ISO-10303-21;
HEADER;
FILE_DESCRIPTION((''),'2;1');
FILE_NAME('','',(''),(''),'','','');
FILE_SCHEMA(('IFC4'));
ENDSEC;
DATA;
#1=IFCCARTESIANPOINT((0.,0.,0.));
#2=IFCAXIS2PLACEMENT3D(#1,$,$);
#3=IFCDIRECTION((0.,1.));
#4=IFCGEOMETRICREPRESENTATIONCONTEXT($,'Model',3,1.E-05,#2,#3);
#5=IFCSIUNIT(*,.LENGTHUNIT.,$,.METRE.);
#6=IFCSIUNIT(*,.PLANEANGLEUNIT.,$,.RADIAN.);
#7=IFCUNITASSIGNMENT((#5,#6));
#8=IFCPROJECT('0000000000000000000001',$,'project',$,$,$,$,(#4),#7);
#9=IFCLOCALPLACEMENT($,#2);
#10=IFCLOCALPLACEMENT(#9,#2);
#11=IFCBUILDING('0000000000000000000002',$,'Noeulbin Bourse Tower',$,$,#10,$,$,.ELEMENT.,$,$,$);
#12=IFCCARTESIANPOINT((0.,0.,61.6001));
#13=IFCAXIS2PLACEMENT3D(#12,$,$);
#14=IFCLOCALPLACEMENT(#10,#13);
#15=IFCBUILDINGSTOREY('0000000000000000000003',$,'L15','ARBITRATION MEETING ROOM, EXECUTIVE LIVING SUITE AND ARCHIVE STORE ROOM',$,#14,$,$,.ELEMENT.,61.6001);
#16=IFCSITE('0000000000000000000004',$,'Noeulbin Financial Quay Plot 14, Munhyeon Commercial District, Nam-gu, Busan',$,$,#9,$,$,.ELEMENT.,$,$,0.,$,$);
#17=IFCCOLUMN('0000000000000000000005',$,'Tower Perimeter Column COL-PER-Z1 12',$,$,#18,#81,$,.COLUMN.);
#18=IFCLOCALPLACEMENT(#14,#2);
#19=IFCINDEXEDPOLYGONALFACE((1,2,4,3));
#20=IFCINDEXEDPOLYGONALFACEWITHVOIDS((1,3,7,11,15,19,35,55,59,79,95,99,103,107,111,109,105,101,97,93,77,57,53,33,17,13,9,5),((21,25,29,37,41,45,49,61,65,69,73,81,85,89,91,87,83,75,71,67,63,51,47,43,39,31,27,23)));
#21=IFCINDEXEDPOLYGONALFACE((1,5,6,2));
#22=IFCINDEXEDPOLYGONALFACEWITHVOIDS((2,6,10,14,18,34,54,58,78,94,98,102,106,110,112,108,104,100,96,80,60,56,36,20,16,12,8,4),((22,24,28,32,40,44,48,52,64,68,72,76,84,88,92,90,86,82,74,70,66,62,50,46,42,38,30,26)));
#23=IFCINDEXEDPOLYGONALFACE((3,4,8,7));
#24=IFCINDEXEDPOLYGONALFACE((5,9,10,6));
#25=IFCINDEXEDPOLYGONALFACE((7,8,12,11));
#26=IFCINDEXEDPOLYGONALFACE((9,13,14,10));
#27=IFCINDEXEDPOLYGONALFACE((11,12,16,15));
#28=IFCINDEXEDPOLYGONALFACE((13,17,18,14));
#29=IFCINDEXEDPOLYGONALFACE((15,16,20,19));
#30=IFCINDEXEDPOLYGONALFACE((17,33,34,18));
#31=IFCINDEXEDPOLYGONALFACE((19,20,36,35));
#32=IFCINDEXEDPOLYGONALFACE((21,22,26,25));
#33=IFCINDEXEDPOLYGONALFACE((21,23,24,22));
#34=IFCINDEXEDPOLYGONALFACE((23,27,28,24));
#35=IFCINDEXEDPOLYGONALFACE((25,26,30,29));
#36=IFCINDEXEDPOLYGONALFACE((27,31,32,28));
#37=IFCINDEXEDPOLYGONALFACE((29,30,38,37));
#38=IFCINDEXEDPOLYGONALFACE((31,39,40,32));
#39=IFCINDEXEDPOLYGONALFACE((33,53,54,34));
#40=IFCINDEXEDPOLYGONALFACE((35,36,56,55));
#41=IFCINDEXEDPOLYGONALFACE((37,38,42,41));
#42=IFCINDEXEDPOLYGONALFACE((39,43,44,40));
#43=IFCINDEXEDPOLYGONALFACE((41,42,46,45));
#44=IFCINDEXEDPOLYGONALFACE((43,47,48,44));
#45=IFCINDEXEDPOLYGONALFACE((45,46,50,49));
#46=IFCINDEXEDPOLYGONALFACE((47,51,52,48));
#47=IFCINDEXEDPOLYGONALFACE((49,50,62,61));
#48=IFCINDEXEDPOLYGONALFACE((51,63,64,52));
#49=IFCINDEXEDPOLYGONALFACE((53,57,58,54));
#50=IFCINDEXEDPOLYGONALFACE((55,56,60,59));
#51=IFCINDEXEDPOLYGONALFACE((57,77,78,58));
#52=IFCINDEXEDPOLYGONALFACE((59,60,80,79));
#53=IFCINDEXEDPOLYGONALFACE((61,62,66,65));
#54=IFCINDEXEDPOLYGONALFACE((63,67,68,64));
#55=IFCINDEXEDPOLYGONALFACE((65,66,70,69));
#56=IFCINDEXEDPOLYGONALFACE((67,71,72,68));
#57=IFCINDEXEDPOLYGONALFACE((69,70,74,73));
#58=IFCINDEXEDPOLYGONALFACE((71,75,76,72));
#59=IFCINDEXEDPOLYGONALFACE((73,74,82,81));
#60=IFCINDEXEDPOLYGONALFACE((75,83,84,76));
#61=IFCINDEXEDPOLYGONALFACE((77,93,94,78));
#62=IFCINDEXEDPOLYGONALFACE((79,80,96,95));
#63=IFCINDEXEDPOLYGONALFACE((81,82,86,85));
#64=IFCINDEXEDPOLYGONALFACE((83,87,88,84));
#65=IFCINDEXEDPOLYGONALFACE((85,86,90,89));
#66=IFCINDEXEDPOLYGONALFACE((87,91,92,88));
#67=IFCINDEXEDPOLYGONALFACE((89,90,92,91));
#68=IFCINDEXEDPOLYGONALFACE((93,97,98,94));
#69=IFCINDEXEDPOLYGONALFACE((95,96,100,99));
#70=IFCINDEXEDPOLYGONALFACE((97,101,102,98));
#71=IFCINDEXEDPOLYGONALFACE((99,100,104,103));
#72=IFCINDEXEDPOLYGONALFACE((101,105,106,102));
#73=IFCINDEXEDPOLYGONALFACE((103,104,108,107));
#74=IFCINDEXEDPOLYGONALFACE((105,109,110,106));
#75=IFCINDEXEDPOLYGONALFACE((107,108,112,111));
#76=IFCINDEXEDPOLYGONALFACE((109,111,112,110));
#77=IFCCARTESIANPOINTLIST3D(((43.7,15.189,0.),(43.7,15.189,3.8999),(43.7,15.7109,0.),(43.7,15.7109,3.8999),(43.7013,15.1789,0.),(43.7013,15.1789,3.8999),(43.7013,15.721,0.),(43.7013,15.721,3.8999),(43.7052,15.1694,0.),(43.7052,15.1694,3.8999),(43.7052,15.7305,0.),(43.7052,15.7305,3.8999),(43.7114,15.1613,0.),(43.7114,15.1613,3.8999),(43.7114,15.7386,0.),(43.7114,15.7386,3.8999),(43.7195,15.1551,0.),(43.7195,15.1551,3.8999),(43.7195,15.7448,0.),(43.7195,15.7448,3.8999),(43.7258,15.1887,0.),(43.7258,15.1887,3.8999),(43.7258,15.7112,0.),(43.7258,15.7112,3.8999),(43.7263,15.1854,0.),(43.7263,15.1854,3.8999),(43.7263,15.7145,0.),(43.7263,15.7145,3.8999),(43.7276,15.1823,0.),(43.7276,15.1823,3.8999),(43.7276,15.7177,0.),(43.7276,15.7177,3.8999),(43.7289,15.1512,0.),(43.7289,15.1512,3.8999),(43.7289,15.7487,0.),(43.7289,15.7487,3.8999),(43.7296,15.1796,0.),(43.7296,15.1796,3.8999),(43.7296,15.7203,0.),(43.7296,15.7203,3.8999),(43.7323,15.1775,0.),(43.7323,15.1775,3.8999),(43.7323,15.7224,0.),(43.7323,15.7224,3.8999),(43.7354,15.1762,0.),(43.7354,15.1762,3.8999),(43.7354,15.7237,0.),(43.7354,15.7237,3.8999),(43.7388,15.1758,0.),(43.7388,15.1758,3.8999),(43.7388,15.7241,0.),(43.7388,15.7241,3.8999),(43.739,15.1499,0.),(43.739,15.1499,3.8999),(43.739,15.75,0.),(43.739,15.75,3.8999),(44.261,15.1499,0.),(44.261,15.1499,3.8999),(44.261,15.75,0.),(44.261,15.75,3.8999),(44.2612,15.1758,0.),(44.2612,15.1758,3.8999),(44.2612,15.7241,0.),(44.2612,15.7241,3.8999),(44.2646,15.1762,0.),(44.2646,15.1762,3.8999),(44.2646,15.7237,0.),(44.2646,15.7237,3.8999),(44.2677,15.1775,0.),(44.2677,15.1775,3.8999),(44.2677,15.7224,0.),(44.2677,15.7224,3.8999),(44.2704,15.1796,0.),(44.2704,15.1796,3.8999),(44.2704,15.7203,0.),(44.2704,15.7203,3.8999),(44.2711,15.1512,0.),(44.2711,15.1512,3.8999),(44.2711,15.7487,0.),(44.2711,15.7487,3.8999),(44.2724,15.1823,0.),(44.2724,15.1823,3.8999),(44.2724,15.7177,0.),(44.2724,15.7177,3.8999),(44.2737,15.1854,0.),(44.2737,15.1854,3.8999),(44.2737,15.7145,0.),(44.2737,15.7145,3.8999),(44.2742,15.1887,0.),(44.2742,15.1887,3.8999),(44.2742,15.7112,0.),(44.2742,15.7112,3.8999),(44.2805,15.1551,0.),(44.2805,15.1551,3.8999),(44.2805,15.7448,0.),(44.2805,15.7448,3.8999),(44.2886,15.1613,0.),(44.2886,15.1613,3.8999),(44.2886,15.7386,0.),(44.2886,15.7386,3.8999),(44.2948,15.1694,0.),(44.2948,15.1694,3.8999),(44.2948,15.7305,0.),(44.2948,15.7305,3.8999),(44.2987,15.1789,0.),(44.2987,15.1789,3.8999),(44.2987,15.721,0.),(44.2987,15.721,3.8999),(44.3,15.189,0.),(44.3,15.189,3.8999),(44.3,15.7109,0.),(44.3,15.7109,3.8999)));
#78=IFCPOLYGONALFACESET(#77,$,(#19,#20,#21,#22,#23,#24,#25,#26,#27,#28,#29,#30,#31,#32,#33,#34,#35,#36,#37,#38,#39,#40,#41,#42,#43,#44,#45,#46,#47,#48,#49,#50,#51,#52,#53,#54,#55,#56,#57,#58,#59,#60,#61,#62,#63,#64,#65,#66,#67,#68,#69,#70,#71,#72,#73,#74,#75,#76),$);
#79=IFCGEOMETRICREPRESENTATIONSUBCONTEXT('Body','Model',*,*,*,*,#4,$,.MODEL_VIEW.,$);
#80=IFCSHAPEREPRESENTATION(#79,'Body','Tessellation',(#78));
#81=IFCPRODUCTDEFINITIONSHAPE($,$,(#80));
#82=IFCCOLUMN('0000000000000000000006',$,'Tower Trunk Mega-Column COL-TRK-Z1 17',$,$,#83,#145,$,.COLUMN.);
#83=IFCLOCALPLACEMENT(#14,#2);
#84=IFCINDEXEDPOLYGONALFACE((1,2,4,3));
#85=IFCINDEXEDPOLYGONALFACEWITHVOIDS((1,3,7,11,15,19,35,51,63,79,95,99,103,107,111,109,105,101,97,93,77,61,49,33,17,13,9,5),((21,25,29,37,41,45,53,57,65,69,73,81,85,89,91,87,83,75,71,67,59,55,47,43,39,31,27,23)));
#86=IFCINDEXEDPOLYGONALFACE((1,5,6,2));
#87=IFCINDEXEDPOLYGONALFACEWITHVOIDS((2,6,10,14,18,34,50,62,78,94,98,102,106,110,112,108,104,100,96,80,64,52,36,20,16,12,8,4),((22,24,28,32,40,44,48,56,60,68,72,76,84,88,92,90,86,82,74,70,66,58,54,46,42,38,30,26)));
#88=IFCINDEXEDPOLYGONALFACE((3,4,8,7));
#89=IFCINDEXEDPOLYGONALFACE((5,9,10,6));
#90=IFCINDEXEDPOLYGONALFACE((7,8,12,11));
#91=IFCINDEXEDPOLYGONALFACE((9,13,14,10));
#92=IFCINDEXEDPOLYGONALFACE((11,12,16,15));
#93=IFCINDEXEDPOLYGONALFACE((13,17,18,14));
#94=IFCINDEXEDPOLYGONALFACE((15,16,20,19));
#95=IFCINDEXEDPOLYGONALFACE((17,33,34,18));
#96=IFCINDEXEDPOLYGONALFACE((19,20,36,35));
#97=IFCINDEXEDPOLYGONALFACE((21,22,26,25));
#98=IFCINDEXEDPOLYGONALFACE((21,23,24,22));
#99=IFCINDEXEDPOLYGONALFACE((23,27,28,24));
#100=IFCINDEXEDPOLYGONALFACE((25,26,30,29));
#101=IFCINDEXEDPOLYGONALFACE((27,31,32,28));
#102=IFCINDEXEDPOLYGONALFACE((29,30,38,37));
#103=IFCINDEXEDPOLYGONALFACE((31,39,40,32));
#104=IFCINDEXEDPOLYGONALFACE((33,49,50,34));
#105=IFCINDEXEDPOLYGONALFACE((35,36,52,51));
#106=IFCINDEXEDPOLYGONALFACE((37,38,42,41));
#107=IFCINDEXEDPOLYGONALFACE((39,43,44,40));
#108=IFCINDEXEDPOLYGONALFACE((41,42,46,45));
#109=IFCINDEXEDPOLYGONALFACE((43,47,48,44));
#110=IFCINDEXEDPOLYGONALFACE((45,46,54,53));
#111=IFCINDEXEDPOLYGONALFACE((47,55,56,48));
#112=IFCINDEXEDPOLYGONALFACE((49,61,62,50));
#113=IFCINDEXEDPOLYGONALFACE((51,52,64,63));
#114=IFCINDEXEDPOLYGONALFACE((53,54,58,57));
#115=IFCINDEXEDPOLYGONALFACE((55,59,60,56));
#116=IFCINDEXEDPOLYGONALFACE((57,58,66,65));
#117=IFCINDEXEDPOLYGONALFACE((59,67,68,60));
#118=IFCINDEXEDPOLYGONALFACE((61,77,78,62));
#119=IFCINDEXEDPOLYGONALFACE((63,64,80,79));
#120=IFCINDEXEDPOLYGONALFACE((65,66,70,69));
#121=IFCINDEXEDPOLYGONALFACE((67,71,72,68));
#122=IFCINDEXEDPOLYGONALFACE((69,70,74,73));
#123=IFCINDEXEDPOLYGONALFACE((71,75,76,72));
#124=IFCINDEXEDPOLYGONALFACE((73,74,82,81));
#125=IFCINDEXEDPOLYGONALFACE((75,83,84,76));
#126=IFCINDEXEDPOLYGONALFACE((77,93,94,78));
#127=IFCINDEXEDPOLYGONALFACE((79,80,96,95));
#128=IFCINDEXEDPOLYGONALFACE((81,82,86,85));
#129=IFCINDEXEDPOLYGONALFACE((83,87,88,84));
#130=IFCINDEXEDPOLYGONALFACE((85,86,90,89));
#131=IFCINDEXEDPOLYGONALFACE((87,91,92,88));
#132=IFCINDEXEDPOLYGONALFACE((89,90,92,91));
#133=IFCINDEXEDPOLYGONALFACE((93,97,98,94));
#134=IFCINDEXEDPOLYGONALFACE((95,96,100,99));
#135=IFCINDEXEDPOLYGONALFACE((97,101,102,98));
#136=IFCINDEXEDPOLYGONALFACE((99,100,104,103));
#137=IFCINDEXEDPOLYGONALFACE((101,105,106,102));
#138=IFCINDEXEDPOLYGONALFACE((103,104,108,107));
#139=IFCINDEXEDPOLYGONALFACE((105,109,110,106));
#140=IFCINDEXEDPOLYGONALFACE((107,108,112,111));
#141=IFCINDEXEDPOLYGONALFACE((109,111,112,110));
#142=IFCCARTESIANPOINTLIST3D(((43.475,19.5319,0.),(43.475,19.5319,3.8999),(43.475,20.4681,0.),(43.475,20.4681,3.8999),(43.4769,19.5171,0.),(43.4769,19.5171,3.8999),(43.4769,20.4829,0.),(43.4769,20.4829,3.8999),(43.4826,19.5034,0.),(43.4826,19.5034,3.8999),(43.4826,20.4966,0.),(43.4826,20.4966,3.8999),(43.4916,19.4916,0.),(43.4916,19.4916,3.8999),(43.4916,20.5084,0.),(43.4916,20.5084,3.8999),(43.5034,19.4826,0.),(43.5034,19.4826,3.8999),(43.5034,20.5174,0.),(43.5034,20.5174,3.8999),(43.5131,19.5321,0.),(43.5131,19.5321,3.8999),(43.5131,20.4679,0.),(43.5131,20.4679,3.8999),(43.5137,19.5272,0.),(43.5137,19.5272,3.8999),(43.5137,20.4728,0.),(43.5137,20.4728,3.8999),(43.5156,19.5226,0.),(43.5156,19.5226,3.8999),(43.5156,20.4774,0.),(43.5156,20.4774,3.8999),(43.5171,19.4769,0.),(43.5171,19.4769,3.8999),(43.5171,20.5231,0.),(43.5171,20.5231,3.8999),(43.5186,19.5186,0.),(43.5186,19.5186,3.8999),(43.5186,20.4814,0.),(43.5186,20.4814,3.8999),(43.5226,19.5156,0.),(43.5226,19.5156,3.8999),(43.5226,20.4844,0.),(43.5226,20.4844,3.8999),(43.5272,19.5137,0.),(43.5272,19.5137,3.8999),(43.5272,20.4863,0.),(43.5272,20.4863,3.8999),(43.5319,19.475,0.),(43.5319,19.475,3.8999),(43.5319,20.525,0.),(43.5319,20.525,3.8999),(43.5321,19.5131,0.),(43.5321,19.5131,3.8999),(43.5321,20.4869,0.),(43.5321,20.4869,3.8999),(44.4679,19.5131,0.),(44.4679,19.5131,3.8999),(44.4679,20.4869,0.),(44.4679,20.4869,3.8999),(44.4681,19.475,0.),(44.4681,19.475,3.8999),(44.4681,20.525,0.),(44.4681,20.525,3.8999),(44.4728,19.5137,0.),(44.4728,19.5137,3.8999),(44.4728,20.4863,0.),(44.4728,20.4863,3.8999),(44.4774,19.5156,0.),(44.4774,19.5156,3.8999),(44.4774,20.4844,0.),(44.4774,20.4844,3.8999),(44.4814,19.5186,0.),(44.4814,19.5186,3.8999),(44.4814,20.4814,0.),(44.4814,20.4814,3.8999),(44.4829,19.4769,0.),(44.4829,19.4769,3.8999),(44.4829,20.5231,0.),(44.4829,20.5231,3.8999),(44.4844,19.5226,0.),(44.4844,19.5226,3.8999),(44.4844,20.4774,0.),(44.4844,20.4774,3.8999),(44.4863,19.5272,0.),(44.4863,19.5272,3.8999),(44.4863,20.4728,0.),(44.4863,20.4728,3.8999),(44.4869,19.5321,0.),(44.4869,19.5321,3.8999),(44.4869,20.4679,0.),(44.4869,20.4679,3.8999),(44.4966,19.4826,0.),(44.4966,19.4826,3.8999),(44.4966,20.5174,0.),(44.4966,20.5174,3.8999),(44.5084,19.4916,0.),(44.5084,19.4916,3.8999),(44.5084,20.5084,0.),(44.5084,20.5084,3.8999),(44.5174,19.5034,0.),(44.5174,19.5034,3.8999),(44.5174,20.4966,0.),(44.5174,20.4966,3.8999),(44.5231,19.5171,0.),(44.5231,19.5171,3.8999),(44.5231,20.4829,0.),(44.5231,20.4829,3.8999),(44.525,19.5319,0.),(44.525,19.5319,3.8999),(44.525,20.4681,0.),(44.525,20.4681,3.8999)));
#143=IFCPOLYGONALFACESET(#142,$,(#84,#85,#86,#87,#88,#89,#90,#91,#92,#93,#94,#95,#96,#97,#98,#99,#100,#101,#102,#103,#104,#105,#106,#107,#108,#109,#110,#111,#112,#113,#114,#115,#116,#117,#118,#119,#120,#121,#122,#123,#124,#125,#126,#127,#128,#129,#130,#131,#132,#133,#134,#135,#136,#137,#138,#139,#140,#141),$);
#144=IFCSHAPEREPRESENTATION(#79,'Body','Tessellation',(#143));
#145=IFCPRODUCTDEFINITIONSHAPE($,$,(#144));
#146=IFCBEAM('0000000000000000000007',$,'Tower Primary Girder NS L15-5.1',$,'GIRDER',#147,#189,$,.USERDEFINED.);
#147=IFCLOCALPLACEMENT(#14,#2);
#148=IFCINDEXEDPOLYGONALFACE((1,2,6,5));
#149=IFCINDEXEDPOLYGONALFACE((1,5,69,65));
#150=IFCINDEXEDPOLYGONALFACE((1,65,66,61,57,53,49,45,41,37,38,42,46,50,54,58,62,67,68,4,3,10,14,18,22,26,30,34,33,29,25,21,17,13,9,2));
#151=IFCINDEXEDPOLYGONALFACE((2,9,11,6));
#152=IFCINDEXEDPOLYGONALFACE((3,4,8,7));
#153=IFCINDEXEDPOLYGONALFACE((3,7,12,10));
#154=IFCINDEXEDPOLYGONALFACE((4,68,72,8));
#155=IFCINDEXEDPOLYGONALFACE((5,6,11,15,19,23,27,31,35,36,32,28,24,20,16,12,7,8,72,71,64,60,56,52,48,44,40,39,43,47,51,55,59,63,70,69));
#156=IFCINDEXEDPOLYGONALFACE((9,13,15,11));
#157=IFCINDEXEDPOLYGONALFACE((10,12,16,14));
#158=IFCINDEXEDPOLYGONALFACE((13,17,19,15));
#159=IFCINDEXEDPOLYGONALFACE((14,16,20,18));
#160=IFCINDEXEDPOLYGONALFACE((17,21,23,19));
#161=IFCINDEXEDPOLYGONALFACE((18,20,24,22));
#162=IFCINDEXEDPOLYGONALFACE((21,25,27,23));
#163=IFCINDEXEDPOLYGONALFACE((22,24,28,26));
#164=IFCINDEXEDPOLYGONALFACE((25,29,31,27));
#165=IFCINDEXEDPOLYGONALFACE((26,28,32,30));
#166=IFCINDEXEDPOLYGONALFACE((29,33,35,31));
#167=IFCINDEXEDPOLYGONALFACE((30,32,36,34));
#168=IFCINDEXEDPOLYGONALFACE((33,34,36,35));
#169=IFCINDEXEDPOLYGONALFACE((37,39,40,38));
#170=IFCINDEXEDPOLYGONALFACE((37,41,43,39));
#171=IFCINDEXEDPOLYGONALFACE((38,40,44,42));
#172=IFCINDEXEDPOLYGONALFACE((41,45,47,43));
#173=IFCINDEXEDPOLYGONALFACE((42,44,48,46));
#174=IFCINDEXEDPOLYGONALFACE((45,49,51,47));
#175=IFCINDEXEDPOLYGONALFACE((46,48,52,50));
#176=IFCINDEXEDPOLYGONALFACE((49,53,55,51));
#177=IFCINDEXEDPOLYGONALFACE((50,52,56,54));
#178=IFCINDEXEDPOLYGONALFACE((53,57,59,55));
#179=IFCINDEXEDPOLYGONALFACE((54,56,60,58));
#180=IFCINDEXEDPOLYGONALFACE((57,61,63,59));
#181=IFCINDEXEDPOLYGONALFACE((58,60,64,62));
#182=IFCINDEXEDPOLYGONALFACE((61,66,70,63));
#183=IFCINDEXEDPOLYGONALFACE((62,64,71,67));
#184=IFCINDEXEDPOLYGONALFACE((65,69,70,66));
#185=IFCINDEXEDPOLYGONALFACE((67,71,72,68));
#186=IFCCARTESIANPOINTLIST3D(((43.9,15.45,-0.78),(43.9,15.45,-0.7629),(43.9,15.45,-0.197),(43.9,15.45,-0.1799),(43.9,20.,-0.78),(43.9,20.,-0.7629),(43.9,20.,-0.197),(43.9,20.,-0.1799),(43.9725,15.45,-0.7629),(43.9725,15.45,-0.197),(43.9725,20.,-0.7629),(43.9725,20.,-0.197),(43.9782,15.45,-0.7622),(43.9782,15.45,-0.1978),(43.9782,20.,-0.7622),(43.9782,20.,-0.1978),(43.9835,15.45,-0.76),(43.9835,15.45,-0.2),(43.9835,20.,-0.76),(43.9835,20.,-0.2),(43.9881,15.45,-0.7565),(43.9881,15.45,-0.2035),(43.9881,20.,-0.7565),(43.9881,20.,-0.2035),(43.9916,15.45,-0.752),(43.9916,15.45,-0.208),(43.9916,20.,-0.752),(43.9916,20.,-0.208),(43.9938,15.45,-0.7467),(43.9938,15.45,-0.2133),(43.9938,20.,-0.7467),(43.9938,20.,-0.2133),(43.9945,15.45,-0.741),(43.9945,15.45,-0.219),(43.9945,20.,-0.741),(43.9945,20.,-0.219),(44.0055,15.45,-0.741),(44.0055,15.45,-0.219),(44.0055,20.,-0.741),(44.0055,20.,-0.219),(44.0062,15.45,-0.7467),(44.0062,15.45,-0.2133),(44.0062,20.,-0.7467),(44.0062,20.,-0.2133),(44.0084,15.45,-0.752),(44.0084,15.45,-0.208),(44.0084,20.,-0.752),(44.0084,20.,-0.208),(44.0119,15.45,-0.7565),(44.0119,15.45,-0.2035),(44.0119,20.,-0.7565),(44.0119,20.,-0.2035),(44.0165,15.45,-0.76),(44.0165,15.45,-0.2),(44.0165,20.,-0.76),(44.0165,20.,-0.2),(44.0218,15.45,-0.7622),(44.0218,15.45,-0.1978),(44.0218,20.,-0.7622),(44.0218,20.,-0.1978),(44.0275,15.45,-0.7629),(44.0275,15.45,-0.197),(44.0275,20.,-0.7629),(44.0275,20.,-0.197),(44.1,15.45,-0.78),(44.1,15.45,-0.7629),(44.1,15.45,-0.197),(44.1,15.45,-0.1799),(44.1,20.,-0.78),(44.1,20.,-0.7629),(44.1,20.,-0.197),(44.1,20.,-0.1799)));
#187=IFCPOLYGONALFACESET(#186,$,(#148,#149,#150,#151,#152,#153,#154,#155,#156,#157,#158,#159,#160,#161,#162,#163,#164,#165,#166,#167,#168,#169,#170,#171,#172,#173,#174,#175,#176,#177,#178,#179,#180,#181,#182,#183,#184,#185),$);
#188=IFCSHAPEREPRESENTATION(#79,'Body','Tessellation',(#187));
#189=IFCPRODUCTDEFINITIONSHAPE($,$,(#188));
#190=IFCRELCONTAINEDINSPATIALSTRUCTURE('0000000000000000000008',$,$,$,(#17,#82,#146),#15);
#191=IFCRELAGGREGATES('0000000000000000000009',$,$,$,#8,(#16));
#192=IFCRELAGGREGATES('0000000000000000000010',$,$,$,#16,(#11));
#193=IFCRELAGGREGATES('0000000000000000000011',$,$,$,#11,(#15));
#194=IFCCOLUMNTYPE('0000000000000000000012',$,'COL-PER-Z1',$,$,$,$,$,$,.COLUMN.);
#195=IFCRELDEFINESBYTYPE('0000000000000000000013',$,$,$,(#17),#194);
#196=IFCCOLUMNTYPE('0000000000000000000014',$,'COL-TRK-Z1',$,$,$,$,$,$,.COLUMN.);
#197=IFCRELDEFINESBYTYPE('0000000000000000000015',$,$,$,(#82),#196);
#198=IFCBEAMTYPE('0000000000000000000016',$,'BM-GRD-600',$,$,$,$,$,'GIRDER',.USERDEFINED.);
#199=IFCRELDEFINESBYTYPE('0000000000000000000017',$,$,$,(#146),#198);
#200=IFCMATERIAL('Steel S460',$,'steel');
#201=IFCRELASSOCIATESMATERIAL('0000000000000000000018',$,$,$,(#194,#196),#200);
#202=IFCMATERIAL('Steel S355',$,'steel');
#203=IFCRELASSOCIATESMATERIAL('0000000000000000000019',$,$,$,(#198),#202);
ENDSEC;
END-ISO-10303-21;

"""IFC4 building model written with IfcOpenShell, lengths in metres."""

from ifc_helpers import new_model, si_unit, direction, frame, origin, origin_2d, place, context, subcontext, project, spatial, hollow_rectangle, i_section, extrude, material, material_profile, profile_set, type_object, element, save


model = new_model("IFC4")

# Units and contexts
model_context = context("Model", 3, precision=1e-05, world=origin(), true_north=direction((0.0, 1.0)))
body_context = subcontext(model_context, "Body", "Model", "MODEL_VIEW")
ifc_project = project(units=[si_unit("LENGTHUNIT", "METRE"), si_unit("PLANEANGLEUNIT", "RADIAN")], contexts=[model_context])

# Site, building, storey
site_placement = place(None, origin())
site = spatial("IfcSite", under=ifc_project, at=site_placement, Name="Noeulbin Financial Quay Plot 14, Munhyeon Commercial District, Nam-gu, Busan", CompositionType="ELEMENT", RefElevation=0.0)
building_placement = place(site_placement, origin())
building = spatial("IfcBuilding", under=site, at=building_placement, Name="Noeulbin Bourse Tower", CompositionType="ELEMENT")
storey_placement = place(building_placement, frame((0.0, 0.0, 61.6001)))
storey = spatial("IfcBuildingStorey", under=building, at=storey_placement, Name="L15", Description="ARBITRATION MEETING ROOM, EXECUTIVE LIVING SUITE AND ARCHIVE STORE ROOM", CompositionType="ELEMENT", Elevation=61.6001)

# Columns
ifc_material_1 = material(Name="Steel S460", Category="steel")
ifc_material_profile_1 = material_profile(ifc_material_1, hollow_rectangle(XDim=0.6001, YDim=0.6001, WallThickness=0.0259, InnerFilletRadius=0.0129, OuterFilletRadius=0.0391, at=origin_2d()), Name="BOX-600x600x26", Category="LoadBearing")
ifc_profile_set_1 = profile_set([ifc_material_profile_1], Name="Steel S460")
column_type_1 = type_object("IfcColumnType", Name="COL-PER-Z1", PredefinedType="COLUMN", material=ifc_profile_set_1)
column_1_placement = place(storey_placement, frame((44.0, 15.45, 0.0), z_axis=(0.0, 0.0, 1.0), x_axis=(1.0, 0.0, 0.0)))
element("IfcColumn", 1, at=column_1_placement, inside=storey, type_object=column_type_1, Name="Tower Perimeter Column COL-PER-Z1 12", PredefinedType="COLUMN", context=body_context, shape_type="SweptSolid", body=[
    extrude(hollow_rectangle(XDim=0.6001, YDim=0.6001, WallThickness=0.0259, InnerFilletRadius=0.0129, OuterFilletRadius=0.0391, at=origin_2d()), origin(), (0.0, 0.0, 1.0), 3.8999),
])
ifc_material_profile_2 = material_profile(ifc_material_1, hollow_rectangle(XDim=1.05, YDim=1.05, WallThickness=0.0381, InnerFilletRadius=0.019, OuterFilletRadius=0.0569, at=origin_2d()), Name="BOX-1050x1050x38", Category="LoadBearing")
ifc_profile_set_2 = profile_set([ifc_material_profile_2], Name="Steel S460")
column_type_2 = type_object("IfcColumnType", Name="COL-TRK-Z1", PredefinedType="COLUMN", material=ifc_profile_set_2)
column_2_placement = place(storey_placement, frame((44.0, 20.0, 0.0), z_axis=(0.0, 0.0, 1.0), x_axis=(1.0, 0.0, 0.0)))
element("IfcColumn", 2, at=column_2_placement, inside=storey, type_object=column_type_2, Name="Tower Trunk Mega-Column COL-TRK-Z1 17", PredefinedType="COLUMN", context=body_context, shape_type="SweptSolid", body=[
    extrude(hollow_rectangle(XDim=1.05, YDim=1.05, WallThickness=0.0381, InnerFilletRadius=0.019, OuterFilletRadius=0.0569, at=origin_2d()), origin(), (0.0, 0.0, 1.0), 3.8999),
])

# Beam
ifc_material_2 = material(Name="Steel S355", Category="steel")
ifc_material_profile_3 = material_profile(ifc_material_2, i_section(OverallWidth=0.2, OverallDepth=0.6001, WebThickness=0.011, FlangeThickness=0.0171, FilletRadius=0.022, at=origin_2d()), Name="H-600x200x11x17", Category="LoadBearing")
ifc_profile_set_3 = profile_set([ifc_material_profile_3], Name="Steel S355")
beam_type_1 = type_object("IfcBeamType", Name="BM-GRD-600", ElementType="GIRDER", PredefinedType="USERDEFINED", material=ifc_profile_set_3)
beam_1_placement = place(storey_placement, frame((44.0, 15.45, -0.48), z_axis=(0.0, 1.0, 0.0), x_axis=(-1.0, 0.0, 0.0)))
element("IfcBeam", 3, at=beam_1_placement, inside=storey, type_object=beam_type_1, Name="Tower Primary Girder NS L15-5.1", ObjectType="GIRDER", PredefinedType="USERDEFINED", context=body_context, shape_type="SweptSolid", body=[
    extrude(i_section(OverallWidth=0.2, OverallDepth=0.6001, WebThickness=0.011, FlangeThickness=0.0171, FilletRadius=0.022, at=origin_2d()), origin(), (0.0, 0.0, 1.0), 4.55),
])

save(model, "model.ifc")
